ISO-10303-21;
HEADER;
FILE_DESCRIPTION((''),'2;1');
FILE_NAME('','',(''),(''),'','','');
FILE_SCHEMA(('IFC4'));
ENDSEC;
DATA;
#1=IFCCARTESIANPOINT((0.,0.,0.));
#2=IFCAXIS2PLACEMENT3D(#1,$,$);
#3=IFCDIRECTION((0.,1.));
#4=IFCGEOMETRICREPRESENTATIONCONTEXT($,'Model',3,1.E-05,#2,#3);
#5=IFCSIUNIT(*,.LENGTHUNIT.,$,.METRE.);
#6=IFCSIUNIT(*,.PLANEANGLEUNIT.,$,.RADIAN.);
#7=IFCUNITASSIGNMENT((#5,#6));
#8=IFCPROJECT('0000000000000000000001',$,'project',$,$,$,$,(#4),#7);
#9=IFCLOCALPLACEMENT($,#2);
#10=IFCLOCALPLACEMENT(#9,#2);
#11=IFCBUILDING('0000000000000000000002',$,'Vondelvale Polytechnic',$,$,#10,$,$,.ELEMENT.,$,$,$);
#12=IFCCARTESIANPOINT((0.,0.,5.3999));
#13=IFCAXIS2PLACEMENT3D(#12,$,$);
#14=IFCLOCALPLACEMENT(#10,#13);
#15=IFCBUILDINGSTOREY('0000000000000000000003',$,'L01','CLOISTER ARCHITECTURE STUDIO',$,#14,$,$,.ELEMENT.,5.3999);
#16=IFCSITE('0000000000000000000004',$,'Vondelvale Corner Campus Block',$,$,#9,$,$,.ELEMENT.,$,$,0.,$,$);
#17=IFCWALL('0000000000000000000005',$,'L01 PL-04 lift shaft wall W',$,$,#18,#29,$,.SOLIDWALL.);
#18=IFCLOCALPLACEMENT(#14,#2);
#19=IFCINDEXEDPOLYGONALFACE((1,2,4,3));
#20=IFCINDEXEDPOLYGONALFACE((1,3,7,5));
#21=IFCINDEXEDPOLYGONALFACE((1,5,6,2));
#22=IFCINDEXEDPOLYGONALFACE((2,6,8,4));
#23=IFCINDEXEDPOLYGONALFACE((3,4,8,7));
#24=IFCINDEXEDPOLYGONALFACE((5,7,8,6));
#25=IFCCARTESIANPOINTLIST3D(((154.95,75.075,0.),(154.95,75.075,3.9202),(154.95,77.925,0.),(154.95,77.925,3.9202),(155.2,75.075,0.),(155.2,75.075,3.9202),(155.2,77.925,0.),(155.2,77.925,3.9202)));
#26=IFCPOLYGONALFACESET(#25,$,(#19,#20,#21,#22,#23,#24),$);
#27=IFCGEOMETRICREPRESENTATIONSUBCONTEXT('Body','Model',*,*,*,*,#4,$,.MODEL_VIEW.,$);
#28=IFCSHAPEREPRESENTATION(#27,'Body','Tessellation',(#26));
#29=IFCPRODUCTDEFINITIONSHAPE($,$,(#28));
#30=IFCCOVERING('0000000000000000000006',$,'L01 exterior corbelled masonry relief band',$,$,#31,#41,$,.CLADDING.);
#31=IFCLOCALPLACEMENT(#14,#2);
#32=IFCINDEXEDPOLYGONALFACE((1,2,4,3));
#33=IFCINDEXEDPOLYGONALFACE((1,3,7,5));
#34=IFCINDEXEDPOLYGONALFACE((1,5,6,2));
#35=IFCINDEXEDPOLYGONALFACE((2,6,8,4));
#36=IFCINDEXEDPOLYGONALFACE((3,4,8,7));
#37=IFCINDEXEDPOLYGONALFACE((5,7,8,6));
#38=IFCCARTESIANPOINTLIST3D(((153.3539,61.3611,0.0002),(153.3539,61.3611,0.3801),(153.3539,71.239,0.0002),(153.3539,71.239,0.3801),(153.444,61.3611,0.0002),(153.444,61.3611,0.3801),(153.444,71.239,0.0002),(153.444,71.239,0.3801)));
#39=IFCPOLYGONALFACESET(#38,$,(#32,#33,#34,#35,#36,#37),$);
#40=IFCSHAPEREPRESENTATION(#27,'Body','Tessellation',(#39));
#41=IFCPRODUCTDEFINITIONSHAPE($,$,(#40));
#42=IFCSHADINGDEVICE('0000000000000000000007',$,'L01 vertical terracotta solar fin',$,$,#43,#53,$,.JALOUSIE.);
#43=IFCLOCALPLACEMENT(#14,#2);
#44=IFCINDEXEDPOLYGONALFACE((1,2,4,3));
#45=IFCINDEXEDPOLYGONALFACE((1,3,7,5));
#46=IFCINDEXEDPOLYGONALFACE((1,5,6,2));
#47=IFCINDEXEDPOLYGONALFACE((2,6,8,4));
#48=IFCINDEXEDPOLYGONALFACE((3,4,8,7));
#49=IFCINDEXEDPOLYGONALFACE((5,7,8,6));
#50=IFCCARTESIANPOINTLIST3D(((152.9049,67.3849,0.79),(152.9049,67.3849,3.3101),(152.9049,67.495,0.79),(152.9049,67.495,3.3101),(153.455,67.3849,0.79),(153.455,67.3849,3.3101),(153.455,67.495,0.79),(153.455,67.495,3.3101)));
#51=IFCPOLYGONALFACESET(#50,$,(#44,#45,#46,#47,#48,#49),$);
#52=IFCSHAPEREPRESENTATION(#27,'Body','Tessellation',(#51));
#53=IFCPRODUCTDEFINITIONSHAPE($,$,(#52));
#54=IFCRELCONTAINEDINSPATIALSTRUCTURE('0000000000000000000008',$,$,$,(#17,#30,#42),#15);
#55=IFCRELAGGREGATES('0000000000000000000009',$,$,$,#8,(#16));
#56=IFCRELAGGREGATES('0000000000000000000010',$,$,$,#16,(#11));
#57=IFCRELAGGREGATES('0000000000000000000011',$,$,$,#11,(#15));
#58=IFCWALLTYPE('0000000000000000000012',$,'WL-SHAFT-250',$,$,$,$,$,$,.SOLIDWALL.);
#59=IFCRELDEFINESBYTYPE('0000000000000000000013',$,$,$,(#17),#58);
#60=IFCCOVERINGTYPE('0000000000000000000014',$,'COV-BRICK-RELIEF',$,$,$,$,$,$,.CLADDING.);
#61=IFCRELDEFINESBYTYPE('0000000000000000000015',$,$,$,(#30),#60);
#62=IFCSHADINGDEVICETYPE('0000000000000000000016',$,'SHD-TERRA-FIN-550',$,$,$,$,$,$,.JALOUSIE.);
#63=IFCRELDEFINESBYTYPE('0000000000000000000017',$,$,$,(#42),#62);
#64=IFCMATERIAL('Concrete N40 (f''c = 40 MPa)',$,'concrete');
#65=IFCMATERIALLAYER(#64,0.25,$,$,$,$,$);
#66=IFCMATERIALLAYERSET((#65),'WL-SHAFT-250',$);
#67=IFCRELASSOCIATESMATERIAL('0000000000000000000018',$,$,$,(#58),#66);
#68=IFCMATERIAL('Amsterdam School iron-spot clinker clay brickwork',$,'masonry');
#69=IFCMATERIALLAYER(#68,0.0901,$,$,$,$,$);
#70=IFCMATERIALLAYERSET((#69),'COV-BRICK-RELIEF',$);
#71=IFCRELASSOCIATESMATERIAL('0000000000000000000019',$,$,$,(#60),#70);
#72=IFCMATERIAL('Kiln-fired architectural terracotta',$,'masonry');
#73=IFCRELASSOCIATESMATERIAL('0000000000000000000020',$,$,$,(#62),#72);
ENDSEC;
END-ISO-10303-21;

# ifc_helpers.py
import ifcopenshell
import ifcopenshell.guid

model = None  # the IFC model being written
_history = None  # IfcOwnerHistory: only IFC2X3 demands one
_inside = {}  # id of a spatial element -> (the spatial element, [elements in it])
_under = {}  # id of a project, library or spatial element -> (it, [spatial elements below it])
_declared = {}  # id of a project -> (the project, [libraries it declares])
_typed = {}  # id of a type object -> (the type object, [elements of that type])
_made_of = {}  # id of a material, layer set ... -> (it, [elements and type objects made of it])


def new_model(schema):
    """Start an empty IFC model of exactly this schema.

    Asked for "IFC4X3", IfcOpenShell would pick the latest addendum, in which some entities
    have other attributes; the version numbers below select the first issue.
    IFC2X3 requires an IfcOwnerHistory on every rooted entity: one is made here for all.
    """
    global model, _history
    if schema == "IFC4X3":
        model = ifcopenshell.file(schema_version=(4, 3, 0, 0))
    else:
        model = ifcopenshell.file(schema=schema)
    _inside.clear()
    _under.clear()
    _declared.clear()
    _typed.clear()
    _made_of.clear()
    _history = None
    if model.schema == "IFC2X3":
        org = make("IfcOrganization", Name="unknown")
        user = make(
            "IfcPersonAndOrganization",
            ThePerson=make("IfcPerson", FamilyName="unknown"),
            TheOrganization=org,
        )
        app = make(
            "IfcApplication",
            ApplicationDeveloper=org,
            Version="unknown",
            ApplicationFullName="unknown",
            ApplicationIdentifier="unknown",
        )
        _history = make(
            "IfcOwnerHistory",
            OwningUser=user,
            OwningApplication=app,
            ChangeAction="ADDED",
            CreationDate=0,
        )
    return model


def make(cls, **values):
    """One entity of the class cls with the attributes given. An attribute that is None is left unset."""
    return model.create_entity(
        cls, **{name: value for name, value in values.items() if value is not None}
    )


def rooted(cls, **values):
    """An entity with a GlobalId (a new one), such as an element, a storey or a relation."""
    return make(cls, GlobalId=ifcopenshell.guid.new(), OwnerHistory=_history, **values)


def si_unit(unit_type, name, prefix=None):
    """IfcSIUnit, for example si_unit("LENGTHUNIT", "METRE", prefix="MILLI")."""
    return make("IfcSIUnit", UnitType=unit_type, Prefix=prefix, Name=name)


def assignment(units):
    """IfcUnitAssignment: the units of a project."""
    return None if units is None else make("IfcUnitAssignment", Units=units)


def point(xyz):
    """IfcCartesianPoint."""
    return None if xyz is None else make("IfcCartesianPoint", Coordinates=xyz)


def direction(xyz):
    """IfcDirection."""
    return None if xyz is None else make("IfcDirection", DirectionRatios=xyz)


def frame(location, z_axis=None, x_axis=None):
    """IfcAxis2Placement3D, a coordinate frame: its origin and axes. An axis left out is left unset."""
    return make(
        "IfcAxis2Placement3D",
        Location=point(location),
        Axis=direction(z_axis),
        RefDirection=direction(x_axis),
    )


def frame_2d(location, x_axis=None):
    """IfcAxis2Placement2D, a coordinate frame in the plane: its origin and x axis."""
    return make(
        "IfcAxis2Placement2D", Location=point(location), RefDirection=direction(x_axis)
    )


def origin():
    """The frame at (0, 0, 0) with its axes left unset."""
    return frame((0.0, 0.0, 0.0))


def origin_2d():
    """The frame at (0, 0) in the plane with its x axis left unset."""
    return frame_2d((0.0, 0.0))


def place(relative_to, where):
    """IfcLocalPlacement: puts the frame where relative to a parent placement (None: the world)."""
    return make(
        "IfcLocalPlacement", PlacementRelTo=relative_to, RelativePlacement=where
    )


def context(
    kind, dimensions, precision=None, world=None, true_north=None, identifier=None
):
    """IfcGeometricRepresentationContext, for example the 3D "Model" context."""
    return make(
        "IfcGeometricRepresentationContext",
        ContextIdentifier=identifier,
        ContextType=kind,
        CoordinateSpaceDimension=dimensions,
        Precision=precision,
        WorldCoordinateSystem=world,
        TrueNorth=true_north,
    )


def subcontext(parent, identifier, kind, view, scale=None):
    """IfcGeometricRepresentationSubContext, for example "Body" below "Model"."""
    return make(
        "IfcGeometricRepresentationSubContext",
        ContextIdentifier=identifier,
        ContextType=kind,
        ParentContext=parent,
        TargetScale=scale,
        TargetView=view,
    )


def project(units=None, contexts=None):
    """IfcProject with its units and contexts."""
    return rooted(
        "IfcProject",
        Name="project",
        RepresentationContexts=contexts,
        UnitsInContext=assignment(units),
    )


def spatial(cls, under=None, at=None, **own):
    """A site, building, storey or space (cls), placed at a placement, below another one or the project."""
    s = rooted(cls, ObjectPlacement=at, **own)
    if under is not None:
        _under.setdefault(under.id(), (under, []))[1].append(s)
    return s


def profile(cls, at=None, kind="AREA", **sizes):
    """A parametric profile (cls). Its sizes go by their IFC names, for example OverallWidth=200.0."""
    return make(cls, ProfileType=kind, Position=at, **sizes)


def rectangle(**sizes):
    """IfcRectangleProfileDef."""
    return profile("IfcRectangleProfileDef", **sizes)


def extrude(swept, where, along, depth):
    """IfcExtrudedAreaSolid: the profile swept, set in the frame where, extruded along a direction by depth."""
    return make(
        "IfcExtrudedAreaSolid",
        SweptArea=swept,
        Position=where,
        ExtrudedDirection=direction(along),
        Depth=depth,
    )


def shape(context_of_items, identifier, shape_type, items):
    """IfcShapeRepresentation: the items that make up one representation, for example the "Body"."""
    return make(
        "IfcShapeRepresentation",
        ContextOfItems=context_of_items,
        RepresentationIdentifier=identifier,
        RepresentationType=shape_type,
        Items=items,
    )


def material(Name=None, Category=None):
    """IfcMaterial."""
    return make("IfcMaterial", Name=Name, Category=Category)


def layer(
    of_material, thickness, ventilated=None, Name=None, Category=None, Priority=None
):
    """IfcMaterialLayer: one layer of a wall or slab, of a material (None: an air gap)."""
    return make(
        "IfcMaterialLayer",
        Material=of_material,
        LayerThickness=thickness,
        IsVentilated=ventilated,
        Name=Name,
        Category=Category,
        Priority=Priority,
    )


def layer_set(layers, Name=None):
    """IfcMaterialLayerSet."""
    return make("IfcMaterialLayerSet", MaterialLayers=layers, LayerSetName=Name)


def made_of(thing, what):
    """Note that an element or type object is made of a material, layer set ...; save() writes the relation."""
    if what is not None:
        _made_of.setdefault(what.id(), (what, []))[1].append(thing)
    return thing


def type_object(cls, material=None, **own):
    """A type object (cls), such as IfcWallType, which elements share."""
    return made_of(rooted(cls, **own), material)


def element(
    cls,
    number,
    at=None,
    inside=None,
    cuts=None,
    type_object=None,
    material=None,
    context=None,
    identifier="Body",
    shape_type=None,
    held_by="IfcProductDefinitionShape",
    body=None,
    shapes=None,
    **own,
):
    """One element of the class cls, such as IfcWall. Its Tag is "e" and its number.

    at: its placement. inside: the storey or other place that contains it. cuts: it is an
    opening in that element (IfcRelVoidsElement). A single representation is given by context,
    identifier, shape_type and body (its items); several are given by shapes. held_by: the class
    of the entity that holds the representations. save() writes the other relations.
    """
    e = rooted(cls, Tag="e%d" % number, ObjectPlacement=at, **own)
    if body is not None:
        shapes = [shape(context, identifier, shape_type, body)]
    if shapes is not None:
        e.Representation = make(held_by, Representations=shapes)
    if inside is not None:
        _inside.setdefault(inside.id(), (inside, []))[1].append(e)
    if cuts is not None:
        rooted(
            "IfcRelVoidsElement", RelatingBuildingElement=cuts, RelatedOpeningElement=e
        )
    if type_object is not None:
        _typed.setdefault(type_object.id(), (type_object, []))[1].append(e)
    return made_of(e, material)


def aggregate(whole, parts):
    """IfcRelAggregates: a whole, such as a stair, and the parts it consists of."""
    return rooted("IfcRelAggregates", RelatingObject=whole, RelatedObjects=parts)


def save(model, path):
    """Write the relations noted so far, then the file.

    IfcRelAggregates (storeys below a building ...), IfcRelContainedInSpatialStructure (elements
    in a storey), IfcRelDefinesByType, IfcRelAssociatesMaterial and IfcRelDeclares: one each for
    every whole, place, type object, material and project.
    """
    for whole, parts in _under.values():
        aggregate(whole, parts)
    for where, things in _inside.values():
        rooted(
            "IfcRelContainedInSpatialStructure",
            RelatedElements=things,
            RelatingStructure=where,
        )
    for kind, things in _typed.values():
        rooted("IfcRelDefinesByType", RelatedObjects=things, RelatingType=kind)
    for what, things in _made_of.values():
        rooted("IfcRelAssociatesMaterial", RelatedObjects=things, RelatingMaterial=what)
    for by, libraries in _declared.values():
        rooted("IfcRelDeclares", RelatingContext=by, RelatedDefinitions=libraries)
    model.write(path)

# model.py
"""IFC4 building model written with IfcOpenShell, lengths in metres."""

from ifc_helpers import new_model, si_unit, direction, frame, frame_2d, origin, origin_2d, place, context, subcontext, project, spatial, rectangle, extrude, material, layer, layer_set, type_object, element, save


model = new_model("IFC4")

# Units and contexts
model_context = context("Model", 3, precision=1e-05, world=origin(), true_north=direction((0.0, 1.0)))
body_context = subcontext(model_context, "Body", "Model", "MODEL_VIEW")
ifc_project = project(units=[si_unit("LENGTHUNIT", "METRE"), si_unit("PLANEANGLEUNIT", "RADIAN")], contexts=[model_context])

# Site, building, storey
site_placement = place(None, origin())
site = spatial("IfcSite", under=ifc_project, at=site_placement, Name="Vondelvale Corner Campus Block", CompositionType="ELEMENT", RefElevation=0.0)
building_placement = place(site_placement, origin())
building = spatial("IfcBuilding", under=site, at=building_placement, Name="Vondelvale Polytechnic", CompositionType="ELEMENT")
storey_placement = place(building_placement, frame((0.0, 0.0, 5.3999)))
storey = spatial("IfcBuildingStorey", under=building, at=storey_placement, Name="L01", Description="CLOISTER ARCHITECTURE STUDIO", CompositionType="ELEMENT", Elevation=5.3999)

# Shared definitions
ifc_material_1 = material(Name="Kiln-fired architectural terracotta", Category="masonry")

# Shared definitions
ifc_material_2 = material(Name="Amsterdam School iron-spot clinker clay brickwork", Category="masonry")

# Wall
ifc_material_3 = material(Name="Concrete N40 (f'c = 40 MPa)", Category="concrete")
ifc_layer_1 = layer(ifc_material_3, 0.25)
ifc_layer_set_1 = layer_set([ifc_layer_1], Name="WL-SHAFT-250")
wall_type_1 = type_object("IfcWallType", Name="WL-SHAFT-250", PredefinedType="SOLIDWALL", material=ifc_layer_set_1)
wall_1_placement = place(storey_placement, frame((155.075, 77.925, 0.0), z_axis=(0.0, 0.0, 1.0), x_axis=(0.0, -1.0, 0.0)))
element("IfcWall", 1, at=wall_1_placement, inside=storey, type_object=wall_type_1, Name="L01 PL-04 lift shaft wall W", PredefinedType="SOLIDWALL", context=body_context, shape_type="SweptSolid", body=[
    extrude(rectangle(XDim=2.8501, YDim=0.25, at=frame_2d((1.425, 0.0))), origin(), (0.0, 0.0, 1.0), 3.9202),
])

# Covering
ifc_layer_2 = layer(ifc_material_2, 0.0901)
ifc_layer_set_2 = layer_set([ifc_layer_2], Name="COV-BRICK-RELIEF")
covering_type = type_object("IfcCoveringType", Name="COV-BRICK-RELIEF", PredefinedType="CLADDING", material=ifc_layer_set_2)
covering_placement = place(storey_placement, frame((153.3989, 66.3, 0.0002), z_axis=(0.0, 0.0, 1.0), x_axis=(0.0, 1.0, 0.0)))
element("IfcCovering", 2, at=covering_placement, inside=storey, type_object=covering_type, Name="L01 exterior corbelled masonry relief band", PredefinedType="CLADDING", context=body_context, shape_type="SweptSolid", body=[
    extrude(rectangle(XDim=9.8779, YDim=0.0901, at=origin_2d()), origin(), (0.0, 0.0, 1.0), 0.3799),
])

# Shading device
shading_device_type = type_object("IfcShadingDeviceType", Name="SHD-TERRA-FIN-550", PredefinedType="JALOUSIE", material=ifc_material_1)
shading_device_placement = place(storey_placement, frame((153.1799, 67.4399, 0.79), z_axis=(0.0, 0.0, 1.0), x_axis=(0.0, 1.0, 0.0)))
element("IfcShadingDevice", 3, at=shading_device_placement, inside=storey, type_object=shading_device_type, Name="L01 vertical terracotta solar fin", PredefinedType="JALOUSIE", context=body_context, shape_type="SweptSolid", body=[
    extrude(rectangle(XDim=0.1101, YDim=0.55, at=origin_2d()), origin(), (0.0, 0.0, 1.0), 2.52),
])

save(model, "model.ifc")
